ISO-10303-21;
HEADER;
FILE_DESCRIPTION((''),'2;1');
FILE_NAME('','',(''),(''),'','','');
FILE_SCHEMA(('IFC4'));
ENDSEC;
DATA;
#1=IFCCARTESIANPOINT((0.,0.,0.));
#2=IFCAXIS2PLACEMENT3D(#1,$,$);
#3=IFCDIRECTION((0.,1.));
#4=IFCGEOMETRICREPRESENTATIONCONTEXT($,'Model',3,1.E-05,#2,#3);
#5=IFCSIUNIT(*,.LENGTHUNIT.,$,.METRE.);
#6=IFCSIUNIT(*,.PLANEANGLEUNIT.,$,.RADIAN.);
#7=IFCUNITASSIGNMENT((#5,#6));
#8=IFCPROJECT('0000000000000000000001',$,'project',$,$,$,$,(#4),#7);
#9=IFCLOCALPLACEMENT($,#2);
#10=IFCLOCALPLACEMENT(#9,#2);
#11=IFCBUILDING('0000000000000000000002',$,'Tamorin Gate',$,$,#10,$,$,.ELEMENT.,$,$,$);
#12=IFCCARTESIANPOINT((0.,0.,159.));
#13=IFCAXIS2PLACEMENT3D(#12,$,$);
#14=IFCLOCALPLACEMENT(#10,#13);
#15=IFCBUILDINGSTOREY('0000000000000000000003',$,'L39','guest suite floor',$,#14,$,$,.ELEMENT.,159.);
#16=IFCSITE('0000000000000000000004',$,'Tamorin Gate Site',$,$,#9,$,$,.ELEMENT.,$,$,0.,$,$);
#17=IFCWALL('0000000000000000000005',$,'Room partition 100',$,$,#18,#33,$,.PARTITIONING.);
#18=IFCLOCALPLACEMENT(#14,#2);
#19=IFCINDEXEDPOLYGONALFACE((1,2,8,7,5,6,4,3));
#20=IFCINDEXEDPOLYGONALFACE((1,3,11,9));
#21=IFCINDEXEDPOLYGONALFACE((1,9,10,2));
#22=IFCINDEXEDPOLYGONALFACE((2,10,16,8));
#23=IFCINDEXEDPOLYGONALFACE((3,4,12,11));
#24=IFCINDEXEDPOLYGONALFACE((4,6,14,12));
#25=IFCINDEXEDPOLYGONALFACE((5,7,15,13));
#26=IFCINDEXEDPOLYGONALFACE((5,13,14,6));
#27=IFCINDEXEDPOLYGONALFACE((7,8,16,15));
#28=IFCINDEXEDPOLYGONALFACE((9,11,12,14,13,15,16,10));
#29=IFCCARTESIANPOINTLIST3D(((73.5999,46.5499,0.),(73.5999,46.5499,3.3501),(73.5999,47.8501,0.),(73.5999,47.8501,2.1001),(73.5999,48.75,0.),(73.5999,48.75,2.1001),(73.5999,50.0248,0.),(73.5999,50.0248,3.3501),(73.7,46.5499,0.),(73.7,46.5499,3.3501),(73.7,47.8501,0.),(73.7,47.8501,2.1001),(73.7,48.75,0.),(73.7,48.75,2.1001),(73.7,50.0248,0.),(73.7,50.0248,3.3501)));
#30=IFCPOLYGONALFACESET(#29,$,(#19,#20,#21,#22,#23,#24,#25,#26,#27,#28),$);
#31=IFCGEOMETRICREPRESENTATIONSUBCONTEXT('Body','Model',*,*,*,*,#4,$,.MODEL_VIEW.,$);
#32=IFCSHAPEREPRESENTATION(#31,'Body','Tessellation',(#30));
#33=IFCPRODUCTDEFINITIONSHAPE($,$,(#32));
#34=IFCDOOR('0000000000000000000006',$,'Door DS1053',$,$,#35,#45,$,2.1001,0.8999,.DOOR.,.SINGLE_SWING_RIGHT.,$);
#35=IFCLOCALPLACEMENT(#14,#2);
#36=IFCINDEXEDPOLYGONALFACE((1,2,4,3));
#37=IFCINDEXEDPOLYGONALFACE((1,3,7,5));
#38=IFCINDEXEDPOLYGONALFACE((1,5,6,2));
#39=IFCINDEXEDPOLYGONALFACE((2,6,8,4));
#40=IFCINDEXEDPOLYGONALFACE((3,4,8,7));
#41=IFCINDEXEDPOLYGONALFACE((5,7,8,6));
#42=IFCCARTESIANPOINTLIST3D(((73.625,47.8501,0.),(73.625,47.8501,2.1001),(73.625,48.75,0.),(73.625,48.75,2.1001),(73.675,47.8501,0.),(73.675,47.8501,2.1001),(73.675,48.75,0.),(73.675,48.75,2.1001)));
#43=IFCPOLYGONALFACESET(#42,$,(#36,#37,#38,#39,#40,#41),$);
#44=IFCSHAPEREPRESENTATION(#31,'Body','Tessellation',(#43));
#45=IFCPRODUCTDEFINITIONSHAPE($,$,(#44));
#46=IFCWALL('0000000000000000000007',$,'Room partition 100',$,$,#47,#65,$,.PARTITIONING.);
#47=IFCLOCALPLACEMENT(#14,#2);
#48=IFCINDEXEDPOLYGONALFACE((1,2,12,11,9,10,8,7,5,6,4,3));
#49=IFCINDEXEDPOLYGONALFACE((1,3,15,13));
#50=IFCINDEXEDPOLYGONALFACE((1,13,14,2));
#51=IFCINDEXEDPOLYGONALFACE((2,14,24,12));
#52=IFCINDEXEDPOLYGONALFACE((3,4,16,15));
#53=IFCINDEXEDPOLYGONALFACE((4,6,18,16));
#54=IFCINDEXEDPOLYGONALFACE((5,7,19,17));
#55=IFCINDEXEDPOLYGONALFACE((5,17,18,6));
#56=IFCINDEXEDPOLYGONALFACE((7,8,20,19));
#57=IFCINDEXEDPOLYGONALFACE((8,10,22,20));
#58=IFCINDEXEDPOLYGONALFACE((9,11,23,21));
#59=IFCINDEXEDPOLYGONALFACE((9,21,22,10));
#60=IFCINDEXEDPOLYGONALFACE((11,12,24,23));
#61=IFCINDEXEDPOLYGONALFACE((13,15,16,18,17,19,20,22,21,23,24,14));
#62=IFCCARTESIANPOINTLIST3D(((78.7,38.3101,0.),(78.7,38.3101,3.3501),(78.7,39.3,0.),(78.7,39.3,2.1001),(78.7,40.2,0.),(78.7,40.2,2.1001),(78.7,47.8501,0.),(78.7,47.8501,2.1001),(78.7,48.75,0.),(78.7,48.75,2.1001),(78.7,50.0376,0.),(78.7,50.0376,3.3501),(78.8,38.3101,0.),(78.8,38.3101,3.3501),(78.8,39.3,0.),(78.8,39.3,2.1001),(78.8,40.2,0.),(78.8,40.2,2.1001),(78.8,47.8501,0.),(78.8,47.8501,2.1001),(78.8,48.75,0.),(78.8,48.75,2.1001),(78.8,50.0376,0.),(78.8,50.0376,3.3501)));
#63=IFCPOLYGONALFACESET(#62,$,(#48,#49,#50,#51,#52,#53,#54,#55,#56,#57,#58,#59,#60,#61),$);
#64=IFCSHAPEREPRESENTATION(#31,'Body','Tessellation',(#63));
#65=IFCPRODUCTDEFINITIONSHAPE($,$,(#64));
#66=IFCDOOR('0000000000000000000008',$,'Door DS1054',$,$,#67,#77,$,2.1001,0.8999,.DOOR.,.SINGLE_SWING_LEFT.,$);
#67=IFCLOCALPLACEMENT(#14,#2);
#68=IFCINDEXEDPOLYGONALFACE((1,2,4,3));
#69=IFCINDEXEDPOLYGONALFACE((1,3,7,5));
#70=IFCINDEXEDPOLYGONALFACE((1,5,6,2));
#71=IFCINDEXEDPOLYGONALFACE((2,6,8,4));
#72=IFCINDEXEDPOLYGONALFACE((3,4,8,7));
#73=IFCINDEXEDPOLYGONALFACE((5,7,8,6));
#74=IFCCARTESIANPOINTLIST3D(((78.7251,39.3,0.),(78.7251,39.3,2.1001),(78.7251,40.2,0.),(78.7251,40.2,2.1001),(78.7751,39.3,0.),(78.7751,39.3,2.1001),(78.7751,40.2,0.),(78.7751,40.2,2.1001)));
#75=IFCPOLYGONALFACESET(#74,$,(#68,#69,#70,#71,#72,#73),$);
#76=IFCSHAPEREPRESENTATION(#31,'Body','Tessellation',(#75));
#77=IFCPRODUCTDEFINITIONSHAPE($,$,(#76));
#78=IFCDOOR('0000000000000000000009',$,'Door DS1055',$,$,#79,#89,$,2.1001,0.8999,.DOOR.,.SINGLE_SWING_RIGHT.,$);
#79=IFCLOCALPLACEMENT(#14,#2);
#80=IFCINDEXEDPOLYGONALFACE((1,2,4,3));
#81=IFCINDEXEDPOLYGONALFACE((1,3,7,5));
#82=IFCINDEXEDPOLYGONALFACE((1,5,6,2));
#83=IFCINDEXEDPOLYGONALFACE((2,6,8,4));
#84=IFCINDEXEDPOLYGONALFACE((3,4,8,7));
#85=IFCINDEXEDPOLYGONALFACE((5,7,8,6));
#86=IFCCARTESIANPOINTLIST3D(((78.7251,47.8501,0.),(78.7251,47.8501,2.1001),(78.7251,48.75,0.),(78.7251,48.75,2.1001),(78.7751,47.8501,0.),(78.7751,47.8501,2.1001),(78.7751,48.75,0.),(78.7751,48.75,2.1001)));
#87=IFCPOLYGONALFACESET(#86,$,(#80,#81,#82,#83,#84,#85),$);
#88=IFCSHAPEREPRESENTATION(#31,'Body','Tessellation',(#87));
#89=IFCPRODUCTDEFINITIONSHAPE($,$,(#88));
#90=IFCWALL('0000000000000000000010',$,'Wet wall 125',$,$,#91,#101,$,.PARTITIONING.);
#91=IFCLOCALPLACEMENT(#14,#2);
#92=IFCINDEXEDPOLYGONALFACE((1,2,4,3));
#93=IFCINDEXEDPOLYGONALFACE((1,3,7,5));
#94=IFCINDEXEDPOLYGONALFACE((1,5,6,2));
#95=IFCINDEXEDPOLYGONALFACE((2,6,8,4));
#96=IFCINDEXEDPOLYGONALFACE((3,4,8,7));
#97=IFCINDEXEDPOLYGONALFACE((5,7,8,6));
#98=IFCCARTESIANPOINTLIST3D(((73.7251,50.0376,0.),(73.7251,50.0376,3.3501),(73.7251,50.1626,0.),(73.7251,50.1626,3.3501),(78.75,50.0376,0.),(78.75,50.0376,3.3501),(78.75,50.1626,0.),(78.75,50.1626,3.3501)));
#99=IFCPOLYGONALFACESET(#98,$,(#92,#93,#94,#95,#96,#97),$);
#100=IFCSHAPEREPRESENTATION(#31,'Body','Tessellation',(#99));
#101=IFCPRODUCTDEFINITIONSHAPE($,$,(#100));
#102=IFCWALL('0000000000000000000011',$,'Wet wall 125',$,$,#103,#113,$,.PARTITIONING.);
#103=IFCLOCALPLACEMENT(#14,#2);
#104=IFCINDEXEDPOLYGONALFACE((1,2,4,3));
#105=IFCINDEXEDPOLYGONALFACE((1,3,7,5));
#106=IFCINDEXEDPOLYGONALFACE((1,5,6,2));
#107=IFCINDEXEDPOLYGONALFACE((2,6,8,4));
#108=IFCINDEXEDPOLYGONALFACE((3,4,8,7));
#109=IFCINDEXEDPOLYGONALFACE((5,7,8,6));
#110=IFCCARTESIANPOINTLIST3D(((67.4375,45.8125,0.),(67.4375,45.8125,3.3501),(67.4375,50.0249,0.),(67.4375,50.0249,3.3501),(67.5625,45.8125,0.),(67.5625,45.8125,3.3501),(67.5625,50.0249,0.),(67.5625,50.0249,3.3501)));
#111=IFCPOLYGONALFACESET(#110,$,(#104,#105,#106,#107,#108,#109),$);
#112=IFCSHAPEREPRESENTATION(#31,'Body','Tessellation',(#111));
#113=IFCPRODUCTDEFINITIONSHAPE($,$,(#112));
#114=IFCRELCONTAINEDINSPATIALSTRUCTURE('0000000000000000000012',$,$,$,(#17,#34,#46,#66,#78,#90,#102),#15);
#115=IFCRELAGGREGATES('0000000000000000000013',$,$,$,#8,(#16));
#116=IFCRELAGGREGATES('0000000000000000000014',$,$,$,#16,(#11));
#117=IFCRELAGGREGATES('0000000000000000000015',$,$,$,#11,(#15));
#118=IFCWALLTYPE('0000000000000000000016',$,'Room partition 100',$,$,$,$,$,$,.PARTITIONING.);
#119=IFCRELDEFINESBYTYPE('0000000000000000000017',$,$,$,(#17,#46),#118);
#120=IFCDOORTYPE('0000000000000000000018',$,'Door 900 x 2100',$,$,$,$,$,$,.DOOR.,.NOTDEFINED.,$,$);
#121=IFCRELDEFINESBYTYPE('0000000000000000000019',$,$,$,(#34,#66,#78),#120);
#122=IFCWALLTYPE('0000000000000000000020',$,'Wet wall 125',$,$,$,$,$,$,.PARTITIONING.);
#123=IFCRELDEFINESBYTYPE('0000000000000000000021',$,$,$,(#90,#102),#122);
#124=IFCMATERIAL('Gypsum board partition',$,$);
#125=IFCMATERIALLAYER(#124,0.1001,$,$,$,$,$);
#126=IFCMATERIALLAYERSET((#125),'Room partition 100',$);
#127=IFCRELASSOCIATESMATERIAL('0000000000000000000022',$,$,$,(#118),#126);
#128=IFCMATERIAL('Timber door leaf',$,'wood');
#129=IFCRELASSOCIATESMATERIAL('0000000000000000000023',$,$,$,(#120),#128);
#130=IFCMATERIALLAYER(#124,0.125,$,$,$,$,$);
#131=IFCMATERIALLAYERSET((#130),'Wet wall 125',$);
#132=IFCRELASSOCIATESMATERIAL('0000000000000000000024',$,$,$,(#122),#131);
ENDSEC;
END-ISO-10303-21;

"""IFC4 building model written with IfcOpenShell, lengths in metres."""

from ifc_helpers import new_model, si_unit, direction, frame, frame_2d, origin, place, context, subcontext, project, spatial, rectangle, extrude, material, layer, layer_set, type_object, element, fill, save


model = new_model("IFC4")

# Units and contexts
model_context = context("Model", 3, precision=1e-05, world=origin(), true_north=direction((0.0, 1.0)))
body_context = subcontext(model_context, "Body", "Model", "MODEL_VIEW")
ifc_project = project(units=[si_unit("LENGTHUNIT", "METRE"), si_unit("PLANEANGLEUNIT", "RADIAN")], contexts=[model_context])

# Site, building, storey
site_placement = place(None, origin())
site = spatial("IfcSite", under=ifc_project, at=site_placement, Name="Tamorin Gate Site", CompositionType="ELEMENT", RefElevation=0.0)
building_placement = place(site_placement, origin())
building = spatial("IfcBuilding", under=site, at=building_placement, Name="Tamorin Gate", CompositionType="ELEMENT")
storey_placement = place(building_placement, frame((0.0, 0.0, 159.0)))
storey = spatial("IfcBuildingStorey", under=building, at=storey_placement, Name="L39", Description="guest suite floor", CompositionType="ELEMENT", Elevation=159.0)

# Shared definitions
ifc_material_1 = material(Name="Gypsum board partition")

# Wall, opening, door
ifc_layer_1 = layer(ifc_material_1, 0.1001)
ifc_layer_set_1 = layer_set([ifc_layer_1], Name="Room partition 100")
wall_type_1 = type_object("IfcWallType", Name="Room partition 100", PredefinedType="PARTITIONING", material=ifc_layer_set_1)
ifc_material_2 = material(Name="Timber door leaf", Category="wood")
door_type = type_object("IfcDoorType", Name="Door 900 x 2100", OperationType="NOTDEFINED", PredefinedType="DOOR", material=ifc_material_2)
wall_1_placement = place(storey_placement, frame((73.6499, 46.55, 0.0), z_axis=(0.0, 0.0, 1.0), x_axis=(0.0, 1.0, 0.0)))
wall_1 = element("IfcWall", 1, at=wall_1_placement, inside=storey, type_object=wall_type_1, Name="Room partition 100", PredefinedType="PARTITIONING", context=body_context, shape_type="SweptSolid", body=[
    extrude(rectangle(XDim=3.4749, YDim=0.1001, at=frame_2d((1.7373, 0.0))), origin(), (0.0, 0.0, 1.0), 3.3501),
])
opening_1_placement = place(wall_1_placement, frame((1.3, 0.0, 0.0)))
opening_1 = element("IfcOpeningElement", 2, at=opening_1_placement, cuts=wall_1, PredefinedType="OPENING", context=body_context, shape_type="SweptSolid", body=[
    extrude(rectangle(XDim=0.8999, YDim=2.1001, at=frame_2d((0.45, 1.05))), frame((0.0, 0.0601, 0.0), z_axis=(0.0, -1.0, 0.0), x_axis=(1.0, 0.0, 0.0)), (0.0, 0.0, 1.0), 0.1201),
])
door_1_placement = place(opening_1_placement, origin())
door_1 = element("IfcDoor", 3, at=door_1_placement, inside=storey, type_object=door_type, Name="Door DS1053", OperationType="SINGLE_SWING_RIGHT", OverallHeight=2.1001, OverallWidth=0.8999, PredefinedType="DOOR", context=body_context, shape_type="SweptSolid", body=[
    extrude(rectangle(XDim=0.8999, YDim=2.1001, at=frame_2d((0.45, 1.05))), frame((0.0, 0.0249, 0.0), z_axis=(0.0, -1.0, 0.0), x_axis=(1.0, 0.0, 0.0)), (0.0, 0.0, 1.0), 0.05),
])
fill(opening_1, door_1)

# Wall, openings, doors
wall_2_placement = place(storey_placement, frame((78.75, 38.3101, 0.0), z_axis=(0.0, 0.0, 1.0), x_axis=(0.0, 1.0, 0.0)))
wall_2 = element("IfcWall", 4, at=wall_2_placement, inside=storey, type_object=wall_type_1, Name="Room partition 100", PredefinedType="PARTITIONING", context=body_context, shape_type="SweptSolid", body=[
    extrude(rectangle(XDim=11.7275, YDim=0.1001, at=frame_2d((5.8638, 0.0))), origin(), (0.0, 0.0, 1.0), 3.3501),
])
opening_2_placement = place(wall_2_placement, frame((0.99, 0.0, 0.0)))
opening_2 = element("IfcOpeningElement", 5, at=opening_2_placement, cuts=wall_2, PredefinedType="OPENING", context=body_context, shape_type="SweptSolid", body=[
    extrude(rectangle(XDim=0.8999, YDim=2.1001, at=frame_2d((0.45, 1.05))), frame((0.0, 0.0601, 0.0), z_axis=(0.0, -1.0, 0.0), x_axis=(1.0, 0.0, 0.0)), (0.0, 0.0, 1.0), 0.1201),
])
opening_3_placement = place(wall_2_placement, frame((9.54, 0.0, 0.0)))
opening_3 = element("IfcOpeningElement", 6, at=opening_3_placement, cuts=wall_2, PredefinedType="OPENING", context=body_context, shape_type="SweptSolid", body=[
    extrude(rectangle(XDim=0.8999, YDim=2.1001, at=frame_2d((0.45, 1.05))), frame((0.0, 0.0601, 0.0), z_axis=(0.0, -1.0, 0.0), x_axis=(1.0, 0.0, 0.0)), (0.0, 0.0, 1.0), 0.1201),
])
door_2_placement = place(opening_2_placement, origin())
door_2 = element("IfcDoor", 7, at=door_2_placement, inside=storey, type_object=door_type, Name="Door DS1054", OperationType="SINGLE_SWING_LEFT", OverallHeight=2.1001, OverallWidth=0.8999, PredefinedType="DOOR", context=body_context, shape_type="SweptSolid", body=[
    extrude(rectangle(XDim=0.8999, YDim=2.1001, at=frame_2d((0.45, 1.05))), frame((0.0, 0.0249, 0.0), z_axis=(0.0, -1.0, 0.0), x_axis=(1.0, 0.0, 0.0)), (0.0, 0.0, 1.0), 0.05),
])
fill(opening_2, door_2)
door_3_placement = place(opening_3_placement, origin())
door_3 = element("IfcDoor", 8, at=door_3_placement, inside=storey, type_object=door_type, Name="Door DS1055", OperationType="SINGLE_SWING_RIGHT", OverallHeight=2.1001, OverallWidth=0.8999, PredefinedType="DOOR", context=body_context, shape_type="SweptSolid", body=[
    extrude(rectangle(XDim=0.8999, YDim=2.1001, at=frame_2d((0.45, 1.05))), frame((0.0, 0.0249, 0.0), z_axis=(0.0, -1.0, 0.0), x_axis=(1.0, 0.0, 0.0)), (0.0, 0.0, 1.0), 0.05),
])
fill(opening_3, door_3)

# Walls
ifc_layer_2 = layer(ifc_material_1, 0.125)
ifc_layer_set_2 = layer_set([ifc_layer_2], Name="Wet wall 125")
wall_type_2 = type_object("IfcWallType", Name="Wet wall 125", PredefinedType="PARTITIONING", material=ifc_layer_set_2)
wall_3_placement = place(storey_placement, frame((73.7251, 50.1001, 0.0), z_axis=(0.0, 0.0, 1.0), x_axis=(1.0, 0.0, 0.0)))
element("IfcWall", 9, at=wall_3_placement, inside=storey, type_object=wall_type_2, Name="Wet wall 125", PredefinedType="PARTITIONING", context=body_context, shape_type="SweptSolid", body=[
    extrude(rectangle(XDim=5.0249, YDim=0.125, at=frame_2d((2.5125, 0.0))), origin(), (0.0, 0.0, 1.0), 3.3501),
])
wall_4_placement = place(storey_placement, frame((67.5, 45.8125, 0.0), z_axis=(0.0, 0.0, 1.0), x_axis=(0.0, 1.0, 0.0)))
element("IfcWall", 10, at=wall_4_placement, inside=storey, type_object=wall_type_2, Name="Wet wall 125", PredefinedType="PARTITIONING", context=body_context, shape_type="SweptSolid", body=[
    extrude(rectangle(XDim=4.2124, YDim=0.125, at=frame_2d((2.1062, 0.0))), origin(), (0.0, 0.0, 1.0), 3.3501),
])

save(model, "model.ifc")
